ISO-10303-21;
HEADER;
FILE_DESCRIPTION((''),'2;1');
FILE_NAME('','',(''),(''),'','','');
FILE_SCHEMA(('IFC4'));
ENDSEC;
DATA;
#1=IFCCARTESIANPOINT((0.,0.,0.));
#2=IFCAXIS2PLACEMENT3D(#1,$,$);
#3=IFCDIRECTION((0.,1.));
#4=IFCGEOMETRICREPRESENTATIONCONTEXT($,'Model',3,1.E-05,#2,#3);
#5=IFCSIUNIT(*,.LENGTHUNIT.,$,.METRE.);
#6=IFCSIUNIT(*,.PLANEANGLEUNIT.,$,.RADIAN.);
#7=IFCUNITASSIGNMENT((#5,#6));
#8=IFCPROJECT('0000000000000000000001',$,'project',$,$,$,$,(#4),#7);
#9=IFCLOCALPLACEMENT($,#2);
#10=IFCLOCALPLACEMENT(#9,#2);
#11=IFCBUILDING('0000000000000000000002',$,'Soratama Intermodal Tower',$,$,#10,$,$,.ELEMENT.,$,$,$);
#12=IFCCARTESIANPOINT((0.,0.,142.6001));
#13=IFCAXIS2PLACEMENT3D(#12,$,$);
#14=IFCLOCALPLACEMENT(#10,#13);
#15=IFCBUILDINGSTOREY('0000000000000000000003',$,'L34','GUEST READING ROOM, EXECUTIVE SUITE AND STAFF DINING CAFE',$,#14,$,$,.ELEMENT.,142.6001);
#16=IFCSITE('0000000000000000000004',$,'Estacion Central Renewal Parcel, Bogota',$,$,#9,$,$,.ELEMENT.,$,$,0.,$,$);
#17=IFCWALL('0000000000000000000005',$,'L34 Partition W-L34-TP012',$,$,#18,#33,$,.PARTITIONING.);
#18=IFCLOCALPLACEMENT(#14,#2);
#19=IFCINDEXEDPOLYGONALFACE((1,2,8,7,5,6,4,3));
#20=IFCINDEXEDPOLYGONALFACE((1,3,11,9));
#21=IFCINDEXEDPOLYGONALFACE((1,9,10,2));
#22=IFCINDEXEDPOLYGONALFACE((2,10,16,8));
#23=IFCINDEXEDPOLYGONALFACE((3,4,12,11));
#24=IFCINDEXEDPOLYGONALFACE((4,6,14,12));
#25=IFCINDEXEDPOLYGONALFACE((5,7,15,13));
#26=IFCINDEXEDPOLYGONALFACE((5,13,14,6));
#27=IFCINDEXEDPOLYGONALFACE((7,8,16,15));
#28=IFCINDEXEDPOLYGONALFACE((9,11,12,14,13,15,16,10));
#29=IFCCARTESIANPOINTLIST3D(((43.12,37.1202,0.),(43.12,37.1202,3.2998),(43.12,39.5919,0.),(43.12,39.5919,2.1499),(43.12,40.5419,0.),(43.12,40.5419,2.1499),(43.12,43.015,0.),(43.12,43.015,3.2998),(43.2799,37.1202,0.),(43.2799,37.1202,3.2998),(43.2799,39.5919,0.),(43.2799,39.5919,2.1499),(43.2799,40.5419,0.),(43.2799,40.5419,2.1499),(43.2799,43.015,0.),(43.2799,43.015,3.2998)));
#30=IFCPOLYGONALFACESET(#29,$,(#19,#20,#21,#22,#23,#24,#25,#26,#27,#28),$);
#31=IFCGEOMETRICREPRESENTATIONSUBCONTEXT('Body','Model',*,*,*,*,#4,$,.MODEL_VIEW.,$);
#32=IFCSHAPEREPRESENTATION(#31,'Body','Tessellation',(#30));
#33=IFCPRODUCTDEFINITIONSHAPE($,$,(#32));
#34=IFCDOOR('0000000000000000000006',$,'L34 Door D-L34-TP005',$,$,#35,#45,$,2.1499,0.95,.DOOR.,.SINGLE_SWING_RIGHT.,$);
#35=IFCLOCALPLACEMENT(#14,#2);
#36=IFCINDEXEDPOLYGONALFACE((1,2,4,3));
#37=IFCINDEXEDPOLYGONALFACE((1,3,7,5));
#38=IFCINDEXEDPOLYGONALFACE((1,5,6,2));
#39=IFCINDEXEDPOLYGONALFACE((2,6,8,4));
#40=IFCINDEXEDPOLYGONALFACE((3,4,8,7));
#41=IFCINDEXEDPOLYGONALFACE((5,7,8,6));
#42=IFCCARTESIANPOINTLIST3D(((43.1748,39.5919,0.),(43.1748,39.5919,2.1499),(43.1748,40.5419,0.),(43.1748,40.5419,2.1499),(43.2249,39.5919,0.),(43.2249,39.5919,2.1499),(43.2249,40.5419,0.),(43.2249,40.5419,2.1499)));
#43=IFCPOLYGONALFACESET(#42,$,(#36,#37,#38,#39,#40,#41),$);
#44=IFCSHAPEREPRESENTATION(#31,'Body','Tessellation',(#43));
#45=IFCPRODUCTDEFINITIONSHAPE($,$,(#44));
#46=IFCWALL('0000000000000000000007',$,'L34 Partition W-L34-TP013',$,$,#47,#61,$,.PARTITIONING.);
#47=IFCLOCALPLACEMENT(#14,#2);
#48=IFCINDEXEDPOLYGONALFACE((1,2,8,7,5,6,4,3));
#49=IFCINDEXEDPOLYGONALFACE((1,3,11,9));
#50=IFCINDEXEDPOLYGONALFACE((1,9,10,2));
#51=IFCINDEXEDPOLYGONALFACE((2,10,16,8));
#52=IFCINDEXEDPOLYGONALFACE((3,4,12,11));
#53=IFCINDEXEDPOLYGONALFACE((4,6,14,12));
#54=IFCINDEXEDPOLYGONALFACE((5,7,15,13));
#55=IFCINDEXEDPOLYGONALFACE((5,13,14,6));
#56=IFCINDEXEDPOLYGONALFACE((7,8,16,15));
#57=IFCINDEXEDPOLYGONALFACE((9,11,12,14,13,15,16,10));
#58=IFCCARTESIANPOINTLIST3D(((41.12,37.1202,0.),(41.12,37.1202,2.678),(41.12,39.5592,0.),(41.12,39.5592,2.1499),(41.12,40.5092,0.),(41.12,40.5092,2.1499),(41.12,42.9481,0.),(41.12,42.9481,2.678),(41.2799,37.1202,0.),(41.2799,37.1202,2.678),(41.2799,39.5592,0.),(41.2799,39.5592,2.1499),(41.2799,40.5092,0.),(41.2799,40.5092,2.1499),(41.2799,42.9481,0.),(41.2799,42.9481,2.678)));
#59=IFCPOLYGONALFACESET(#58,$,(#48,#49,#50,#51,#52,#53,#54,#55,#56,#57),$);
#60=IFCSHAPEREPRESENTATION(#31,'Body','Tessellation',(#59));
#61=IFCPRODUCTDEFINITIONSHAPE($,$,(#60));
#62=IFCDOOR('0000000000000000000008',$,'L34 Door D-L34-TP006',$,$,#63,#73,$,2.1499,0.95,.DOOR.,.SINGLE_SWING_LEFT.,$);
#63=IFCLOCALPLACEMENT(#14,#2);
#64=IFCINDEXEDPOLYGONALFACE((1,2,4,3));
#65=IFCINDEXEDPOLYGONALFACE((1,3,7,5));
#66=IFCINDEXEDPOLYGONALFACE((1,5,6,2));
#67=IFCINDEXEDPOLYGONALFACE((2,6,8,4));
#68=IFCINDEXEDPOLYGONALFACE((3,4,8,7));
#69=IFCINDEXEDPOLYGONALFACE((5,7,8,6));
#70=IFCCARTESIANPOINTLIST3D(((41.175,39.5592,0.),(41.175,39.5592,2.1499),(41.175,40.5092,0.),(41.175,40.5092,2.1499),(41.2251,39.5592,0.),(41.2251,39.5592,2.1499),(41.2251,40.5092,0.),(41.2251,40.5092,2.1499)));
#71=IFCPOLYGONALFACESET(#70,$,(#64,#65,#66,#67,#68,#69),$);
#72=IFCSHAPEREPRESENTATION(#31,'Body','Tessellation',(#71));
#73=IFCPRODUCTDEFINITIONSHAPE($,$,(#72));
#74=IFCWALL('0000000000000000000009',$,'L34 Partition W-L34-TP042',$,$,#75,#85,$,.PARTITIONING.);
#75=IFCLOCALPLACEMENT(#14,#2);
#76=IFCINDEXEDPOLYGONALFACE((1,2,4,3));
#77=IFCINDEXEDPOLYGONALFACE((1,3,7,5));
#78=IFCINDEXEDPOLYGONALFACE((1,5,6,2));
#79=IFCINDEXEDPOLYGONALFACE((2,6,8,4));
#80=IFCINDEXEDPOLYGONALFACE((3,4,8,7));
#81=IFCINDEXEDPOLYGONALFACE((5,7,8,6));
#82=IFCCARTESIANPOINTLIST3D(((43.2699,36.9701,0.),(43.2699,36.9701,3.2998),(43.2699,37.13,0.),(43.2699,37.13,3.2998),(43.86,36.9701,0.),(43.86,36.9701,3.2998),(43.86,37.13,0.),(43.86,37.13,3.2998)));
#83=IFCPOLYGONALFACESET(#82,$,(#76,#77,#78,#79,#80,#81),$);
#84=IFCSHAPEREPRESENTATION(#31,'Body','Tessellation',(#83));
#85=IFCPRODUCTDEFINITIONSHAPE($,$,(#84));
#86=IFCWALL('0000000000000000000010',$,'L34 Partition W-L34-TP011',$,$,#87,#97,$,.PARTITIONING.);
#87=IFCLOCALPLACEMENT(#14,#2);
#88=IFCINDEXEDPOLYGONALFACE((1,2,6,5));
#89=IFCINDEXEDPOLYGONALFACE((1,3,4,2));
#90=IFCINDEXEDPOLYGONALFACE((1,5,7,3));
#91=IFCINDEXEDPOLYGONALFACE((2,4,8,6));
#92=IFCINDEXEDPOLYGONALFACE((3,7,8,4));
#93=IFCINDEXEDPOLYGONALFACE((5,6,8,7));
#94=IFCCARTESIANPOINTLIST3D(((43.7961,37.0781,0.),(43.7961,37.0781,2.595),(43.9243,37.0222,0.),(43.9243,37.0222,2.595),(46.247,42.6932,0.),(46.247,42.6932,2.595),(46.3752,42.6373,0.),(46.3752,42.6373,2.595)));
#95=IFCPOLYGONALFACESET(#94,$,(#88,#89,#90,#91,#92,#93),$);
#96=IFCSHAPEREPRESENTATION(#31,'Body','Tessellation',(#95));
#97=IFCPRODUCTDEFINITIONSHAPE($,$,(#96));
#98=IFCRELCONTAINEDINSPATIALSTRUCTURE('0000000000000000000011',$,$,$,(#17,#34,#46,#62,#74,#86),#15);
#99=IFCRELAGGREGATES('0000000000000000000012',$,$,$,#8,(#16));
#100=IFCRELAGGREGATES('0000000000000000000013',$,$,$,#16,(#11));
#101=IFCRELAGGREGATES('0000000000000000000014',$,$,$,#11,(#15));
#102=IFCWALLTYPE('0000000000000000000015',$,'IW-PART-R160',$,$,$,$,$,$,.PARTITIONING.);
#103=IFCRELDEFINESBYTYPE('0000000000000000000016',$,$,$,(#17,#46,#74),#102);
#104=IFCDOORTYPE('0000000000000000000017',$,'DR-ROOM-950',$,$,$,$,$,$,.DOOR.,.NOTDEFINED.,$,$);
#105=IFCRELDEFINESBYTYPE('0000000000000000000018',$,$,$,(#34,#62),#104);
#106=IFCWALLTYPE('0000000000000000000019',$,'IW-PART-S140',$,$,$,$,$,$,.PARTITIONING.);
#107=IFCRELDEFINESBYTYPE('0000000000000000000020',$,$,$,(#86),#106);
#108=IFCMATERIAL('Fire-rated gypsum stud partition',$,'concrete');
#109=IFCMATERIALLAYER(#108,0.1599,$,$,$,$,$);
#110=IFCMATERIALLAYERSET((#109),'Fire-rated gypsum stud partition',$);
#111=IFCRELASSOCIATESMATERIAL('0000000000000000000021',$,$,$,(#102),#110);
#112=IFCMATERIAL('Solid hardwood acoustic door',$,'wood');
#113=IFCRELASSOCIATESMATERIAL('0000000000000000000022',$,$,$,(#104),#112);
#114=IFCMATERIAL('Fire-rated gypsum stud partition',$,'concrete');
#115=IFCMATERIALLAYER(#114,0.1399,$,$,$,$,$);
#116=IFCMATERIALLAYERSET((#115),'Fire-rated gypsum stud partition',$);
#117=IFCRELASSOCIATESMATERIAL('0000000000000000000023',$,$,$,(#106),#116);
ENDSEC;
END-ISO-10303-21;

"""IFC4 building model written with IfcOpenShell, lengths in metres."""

from ifc_helpers import new_model, si_unit, direction, frame, frame_2d, origin, place, context, subcontext, project, spatial, rectangle, extrude, material, layer, layer_set, type_object, element, fill, save


model = new_model("IFC4")

# Units and contexts
model_context = context("Model", 3, precision=1e-05, world=origin(), true_north=direction((0.0, 1.0)))
body_context = subcontext(model_context, "Body", "Model", "MODEL_VIEW")
ifc_project = project(units=[si_unit("LENGTHUNIT", "METRE"), si_unit("PLANEANGLEUNIT", "RADIAN")], contexts=[model_context])

# Site, building, storey
site_placement = place(None, origin())
site = spatial("IfcSite", under=ifc_project, at=site_placement, Name="Estacion Central Renewal Parcel, Bogota", CompositionType="ELEMENT", RefElevation=0.0)
building_placement = place(site_placement, origin())
building = spatial("IfcBuilding", under=site, at=building_placement, Name="Soratama Intermodal Tower", CompositionType="ELEMENT")
storey_placement = place(building_placement, frame((0.0, 0.0, 142.6001)))
storey = spatial("IfcBuildingStorey", under=building, at=storey_placement, Name="L34", Description="GUEST READING ROOM, EXECUTIVE SUITE AND STAFF DINING CAFE", CompositionType="ELEMENT", Elevation=142.6001)

# Walls, openings, doors
ifc_material_1 = material(Name="Fire-rated gypsum stud partition", Category="concrete")
ifc_layer_1 = layer(ifc_material_1, 0.1599)
ifc_layer_set_1 = layer_set([ifc_layer_1], Name="Fire-rated gypsum stud partition")
wall_type_1 = type_object("IfcWallType", Name="IW-PART-R160", PredefinedType="PARTITIONING", material=ifc_layer_set_1)
wall_1_placement = place(storey_placement, frame((43.2, 43.0149, 0.0), z_axis=(0.0, 0.0, 1.0), x_axis=(0.0, -1.0, 0.0)))
wall_1 = element("IfcWall", 1, at=wall_1_placement, inside=storey, type_object=wall_type_1, Name="L34 Partition W-L34-TP012", PredefinedType="PARTITIONING", context=body_context, shape_type="SweptSolid", body=[
    extrude(rectangle(XDim=5.8948, YDim=0.1599, at=frame_2d((2.9473, 0.0))), origin(), (0.0, 0.0, 1.0), 3.2998),
])
opening_1_placement = place(wall_1_placement, frame((2.4729, 0.0, 0.0)))
opening_1 = element("IfcOpeningElement", 2, at=opening_1_placement, cuts=wall_1, PredefinedType="OPENING", context=body_context, shape_type="SweptSolid", body=[
    extrude(rectangle(XDim=0.95, YDim=2.1499, at=frame_2d((0.4751, 1.075))), frame((0.0, 0.0898, 0.0), z_axis=(0.0, -1.0, 0.0), x_axis=(1.0, 0.0, 0.0)), (0.0, 0.0, 1.0), 0.1799),
])
ifc_material_2 = material(Name="Solid hardwood acoustic door", Category="wood")
door_type = type_object("IfcDoorType", Name="DR-ROOM-950", OperationType="NOTDEFINED", PredefinedType="DOOR", material=ifc_material_2)
door_1_placement = place(opening_1_placement, origin())
door_1 = element("IfcDoor", 3, at=door_1_placement, inside=storey, type_object=door_type, Name="L34 Door D-L34-TP005", OperationType="SINGLE_SWING_RIGHT", OverallHeight=2.1499, OverallWidth=0.95, PredefinedType="DOOR", context=body_context, shape_type="SweptSolid", body=[
    extrude(rectangle(XDim=0.95, YDim=2.1499, at=frame_2d((0.4751, 1.075))), frame((0.0, 0.0249, 0.0), z_axis=(0.0, -1.0, 0.0), x_axis=(1.0, 0.0, 0.0)), (0.0, 0.0, 1.0), 0.05),
])
fill(opening_1, door_1)
wall_2_placement = place(storey_placement, frame((41.2, 37.1201, 0.0), z_axis=(0.0, 0.0, 1.0), x_axis=(0.0, 1.0, 0.0)))
wall_2 = element("IfcWall", 4, at=wall_2_placement, inside=storey, type_object=wall_type_1, Name="L34 Partition W-L34-TP013", PredefinedType="PARTITIONING", context=body_context, shape_type="SweptSolid", body=[
    extrude(rectangle(XDim=5.8279, YDim=0.1599, at=frame_2d((2.9141, 0.0))), origin(), (0.0, 0.0, 1.0), 2.678),
])
opening_2_placement = place(wall_2_placement, frame((2.439, 0.0, 0.0)))
opening_2 = element("IfcOpeningElement", 5, at=opening_2_placement, cuts=wall_2, PredefinedType="OPENING", context=body_context, shape_type="SweptSolid", body=[
    extrude(rectangle(XDim=0.95, YDim=2.1499, at=frame_2d((0.4751, 1.075))), frame((0.0, 0.0898, 0.0), z_axis=(0.0, -1.0, 0.0), x_axis=(1.0, 0.0, 0.0)), (0.0, 0.0, 1.0), 0.1799),
])
door_2_placement = place(opening_2_placement, origin())
door_2 = element("IfcDoor", 6, at=door_2_placement, inside=storey, type_object=door_type, Name="L34 Door D-L34-TP006", OperationType="SINGLE_SWING_LEFT", OverallHeight=2.1499, OverallWidth=0.95, PredefinedType="DOOR", context=body_context, shape_type="SweptSolid", body=[
    extrude(rectangle(XDim=0.95, YDim=2.1499, at=frame_2d((0.4751, 1.075))), frame((0.0, 0.0249, 0.0), z_axis=(0.0, -1.0, 0.0), x_axis=(1.0, 0.0, 0.0)), (0.0, 0.0, 1.0), 0.05),
])
fill(opening_2, door_2)

# Walls
wall_3_placement = place(storey_placement, frame((43.27, 37.05, 0.0), z_axis=(0.0, 0.0, 1.0), x_axis=(1.0, 0.0, 0.0)))
element("IfcWall", 7, at=wall_3_placement, inside=storey, type_object=wall_type_1, Name="L34 Partition W-L34-TP042", PredefinedType="PARTITIONING", context=body_context, shape_type="SweptSolid", body=[
    extrude(rectangle(XDim=0.5901, YDim=0.1599, at=frame_2d((0.2949, 0.0))), origin(), (0.0, 0.0, 1.0), 3.2998),
])
ifc_material_3 = material(Name="Fire-rated gypsum stud partition", Category="concrete")
ifc_layer_2 = layer(ifc_material_3, 0.1399)
ifc_layer_set_2 = layer_set([ifc_layer_2], Name="Fire-rated gypsum stud partition")
wall_type_2 = type_object("IfcWallType", Name="IW-PART-S140", PredefinedType="PARTITIONING", material=ifc_layer_set_2)
wall_4_placement = place(storey_placement, frame((43.8601, 37.05, 0.0), z_axis=(0.0, 0.0, 1.0), x_axis=(0.400047, 0.916494, 0.0)))
element("IfcWall", 8, at=wall_4_placement, inside=storey, type_object=wall_type_2, Name="L34 Partition W-L34-TP011", PredefinedType="PARTITIONING", context=body_context, shape_type="SweptSolid", body=[
    extrude(rectangle(XDim=6.1267, YDim=0.1399, at=frame_2d((3.0635, 0.0))), origin(), (0.0, 0.0, 1.0), 2.595),
])

save(model, "model.ifc")
